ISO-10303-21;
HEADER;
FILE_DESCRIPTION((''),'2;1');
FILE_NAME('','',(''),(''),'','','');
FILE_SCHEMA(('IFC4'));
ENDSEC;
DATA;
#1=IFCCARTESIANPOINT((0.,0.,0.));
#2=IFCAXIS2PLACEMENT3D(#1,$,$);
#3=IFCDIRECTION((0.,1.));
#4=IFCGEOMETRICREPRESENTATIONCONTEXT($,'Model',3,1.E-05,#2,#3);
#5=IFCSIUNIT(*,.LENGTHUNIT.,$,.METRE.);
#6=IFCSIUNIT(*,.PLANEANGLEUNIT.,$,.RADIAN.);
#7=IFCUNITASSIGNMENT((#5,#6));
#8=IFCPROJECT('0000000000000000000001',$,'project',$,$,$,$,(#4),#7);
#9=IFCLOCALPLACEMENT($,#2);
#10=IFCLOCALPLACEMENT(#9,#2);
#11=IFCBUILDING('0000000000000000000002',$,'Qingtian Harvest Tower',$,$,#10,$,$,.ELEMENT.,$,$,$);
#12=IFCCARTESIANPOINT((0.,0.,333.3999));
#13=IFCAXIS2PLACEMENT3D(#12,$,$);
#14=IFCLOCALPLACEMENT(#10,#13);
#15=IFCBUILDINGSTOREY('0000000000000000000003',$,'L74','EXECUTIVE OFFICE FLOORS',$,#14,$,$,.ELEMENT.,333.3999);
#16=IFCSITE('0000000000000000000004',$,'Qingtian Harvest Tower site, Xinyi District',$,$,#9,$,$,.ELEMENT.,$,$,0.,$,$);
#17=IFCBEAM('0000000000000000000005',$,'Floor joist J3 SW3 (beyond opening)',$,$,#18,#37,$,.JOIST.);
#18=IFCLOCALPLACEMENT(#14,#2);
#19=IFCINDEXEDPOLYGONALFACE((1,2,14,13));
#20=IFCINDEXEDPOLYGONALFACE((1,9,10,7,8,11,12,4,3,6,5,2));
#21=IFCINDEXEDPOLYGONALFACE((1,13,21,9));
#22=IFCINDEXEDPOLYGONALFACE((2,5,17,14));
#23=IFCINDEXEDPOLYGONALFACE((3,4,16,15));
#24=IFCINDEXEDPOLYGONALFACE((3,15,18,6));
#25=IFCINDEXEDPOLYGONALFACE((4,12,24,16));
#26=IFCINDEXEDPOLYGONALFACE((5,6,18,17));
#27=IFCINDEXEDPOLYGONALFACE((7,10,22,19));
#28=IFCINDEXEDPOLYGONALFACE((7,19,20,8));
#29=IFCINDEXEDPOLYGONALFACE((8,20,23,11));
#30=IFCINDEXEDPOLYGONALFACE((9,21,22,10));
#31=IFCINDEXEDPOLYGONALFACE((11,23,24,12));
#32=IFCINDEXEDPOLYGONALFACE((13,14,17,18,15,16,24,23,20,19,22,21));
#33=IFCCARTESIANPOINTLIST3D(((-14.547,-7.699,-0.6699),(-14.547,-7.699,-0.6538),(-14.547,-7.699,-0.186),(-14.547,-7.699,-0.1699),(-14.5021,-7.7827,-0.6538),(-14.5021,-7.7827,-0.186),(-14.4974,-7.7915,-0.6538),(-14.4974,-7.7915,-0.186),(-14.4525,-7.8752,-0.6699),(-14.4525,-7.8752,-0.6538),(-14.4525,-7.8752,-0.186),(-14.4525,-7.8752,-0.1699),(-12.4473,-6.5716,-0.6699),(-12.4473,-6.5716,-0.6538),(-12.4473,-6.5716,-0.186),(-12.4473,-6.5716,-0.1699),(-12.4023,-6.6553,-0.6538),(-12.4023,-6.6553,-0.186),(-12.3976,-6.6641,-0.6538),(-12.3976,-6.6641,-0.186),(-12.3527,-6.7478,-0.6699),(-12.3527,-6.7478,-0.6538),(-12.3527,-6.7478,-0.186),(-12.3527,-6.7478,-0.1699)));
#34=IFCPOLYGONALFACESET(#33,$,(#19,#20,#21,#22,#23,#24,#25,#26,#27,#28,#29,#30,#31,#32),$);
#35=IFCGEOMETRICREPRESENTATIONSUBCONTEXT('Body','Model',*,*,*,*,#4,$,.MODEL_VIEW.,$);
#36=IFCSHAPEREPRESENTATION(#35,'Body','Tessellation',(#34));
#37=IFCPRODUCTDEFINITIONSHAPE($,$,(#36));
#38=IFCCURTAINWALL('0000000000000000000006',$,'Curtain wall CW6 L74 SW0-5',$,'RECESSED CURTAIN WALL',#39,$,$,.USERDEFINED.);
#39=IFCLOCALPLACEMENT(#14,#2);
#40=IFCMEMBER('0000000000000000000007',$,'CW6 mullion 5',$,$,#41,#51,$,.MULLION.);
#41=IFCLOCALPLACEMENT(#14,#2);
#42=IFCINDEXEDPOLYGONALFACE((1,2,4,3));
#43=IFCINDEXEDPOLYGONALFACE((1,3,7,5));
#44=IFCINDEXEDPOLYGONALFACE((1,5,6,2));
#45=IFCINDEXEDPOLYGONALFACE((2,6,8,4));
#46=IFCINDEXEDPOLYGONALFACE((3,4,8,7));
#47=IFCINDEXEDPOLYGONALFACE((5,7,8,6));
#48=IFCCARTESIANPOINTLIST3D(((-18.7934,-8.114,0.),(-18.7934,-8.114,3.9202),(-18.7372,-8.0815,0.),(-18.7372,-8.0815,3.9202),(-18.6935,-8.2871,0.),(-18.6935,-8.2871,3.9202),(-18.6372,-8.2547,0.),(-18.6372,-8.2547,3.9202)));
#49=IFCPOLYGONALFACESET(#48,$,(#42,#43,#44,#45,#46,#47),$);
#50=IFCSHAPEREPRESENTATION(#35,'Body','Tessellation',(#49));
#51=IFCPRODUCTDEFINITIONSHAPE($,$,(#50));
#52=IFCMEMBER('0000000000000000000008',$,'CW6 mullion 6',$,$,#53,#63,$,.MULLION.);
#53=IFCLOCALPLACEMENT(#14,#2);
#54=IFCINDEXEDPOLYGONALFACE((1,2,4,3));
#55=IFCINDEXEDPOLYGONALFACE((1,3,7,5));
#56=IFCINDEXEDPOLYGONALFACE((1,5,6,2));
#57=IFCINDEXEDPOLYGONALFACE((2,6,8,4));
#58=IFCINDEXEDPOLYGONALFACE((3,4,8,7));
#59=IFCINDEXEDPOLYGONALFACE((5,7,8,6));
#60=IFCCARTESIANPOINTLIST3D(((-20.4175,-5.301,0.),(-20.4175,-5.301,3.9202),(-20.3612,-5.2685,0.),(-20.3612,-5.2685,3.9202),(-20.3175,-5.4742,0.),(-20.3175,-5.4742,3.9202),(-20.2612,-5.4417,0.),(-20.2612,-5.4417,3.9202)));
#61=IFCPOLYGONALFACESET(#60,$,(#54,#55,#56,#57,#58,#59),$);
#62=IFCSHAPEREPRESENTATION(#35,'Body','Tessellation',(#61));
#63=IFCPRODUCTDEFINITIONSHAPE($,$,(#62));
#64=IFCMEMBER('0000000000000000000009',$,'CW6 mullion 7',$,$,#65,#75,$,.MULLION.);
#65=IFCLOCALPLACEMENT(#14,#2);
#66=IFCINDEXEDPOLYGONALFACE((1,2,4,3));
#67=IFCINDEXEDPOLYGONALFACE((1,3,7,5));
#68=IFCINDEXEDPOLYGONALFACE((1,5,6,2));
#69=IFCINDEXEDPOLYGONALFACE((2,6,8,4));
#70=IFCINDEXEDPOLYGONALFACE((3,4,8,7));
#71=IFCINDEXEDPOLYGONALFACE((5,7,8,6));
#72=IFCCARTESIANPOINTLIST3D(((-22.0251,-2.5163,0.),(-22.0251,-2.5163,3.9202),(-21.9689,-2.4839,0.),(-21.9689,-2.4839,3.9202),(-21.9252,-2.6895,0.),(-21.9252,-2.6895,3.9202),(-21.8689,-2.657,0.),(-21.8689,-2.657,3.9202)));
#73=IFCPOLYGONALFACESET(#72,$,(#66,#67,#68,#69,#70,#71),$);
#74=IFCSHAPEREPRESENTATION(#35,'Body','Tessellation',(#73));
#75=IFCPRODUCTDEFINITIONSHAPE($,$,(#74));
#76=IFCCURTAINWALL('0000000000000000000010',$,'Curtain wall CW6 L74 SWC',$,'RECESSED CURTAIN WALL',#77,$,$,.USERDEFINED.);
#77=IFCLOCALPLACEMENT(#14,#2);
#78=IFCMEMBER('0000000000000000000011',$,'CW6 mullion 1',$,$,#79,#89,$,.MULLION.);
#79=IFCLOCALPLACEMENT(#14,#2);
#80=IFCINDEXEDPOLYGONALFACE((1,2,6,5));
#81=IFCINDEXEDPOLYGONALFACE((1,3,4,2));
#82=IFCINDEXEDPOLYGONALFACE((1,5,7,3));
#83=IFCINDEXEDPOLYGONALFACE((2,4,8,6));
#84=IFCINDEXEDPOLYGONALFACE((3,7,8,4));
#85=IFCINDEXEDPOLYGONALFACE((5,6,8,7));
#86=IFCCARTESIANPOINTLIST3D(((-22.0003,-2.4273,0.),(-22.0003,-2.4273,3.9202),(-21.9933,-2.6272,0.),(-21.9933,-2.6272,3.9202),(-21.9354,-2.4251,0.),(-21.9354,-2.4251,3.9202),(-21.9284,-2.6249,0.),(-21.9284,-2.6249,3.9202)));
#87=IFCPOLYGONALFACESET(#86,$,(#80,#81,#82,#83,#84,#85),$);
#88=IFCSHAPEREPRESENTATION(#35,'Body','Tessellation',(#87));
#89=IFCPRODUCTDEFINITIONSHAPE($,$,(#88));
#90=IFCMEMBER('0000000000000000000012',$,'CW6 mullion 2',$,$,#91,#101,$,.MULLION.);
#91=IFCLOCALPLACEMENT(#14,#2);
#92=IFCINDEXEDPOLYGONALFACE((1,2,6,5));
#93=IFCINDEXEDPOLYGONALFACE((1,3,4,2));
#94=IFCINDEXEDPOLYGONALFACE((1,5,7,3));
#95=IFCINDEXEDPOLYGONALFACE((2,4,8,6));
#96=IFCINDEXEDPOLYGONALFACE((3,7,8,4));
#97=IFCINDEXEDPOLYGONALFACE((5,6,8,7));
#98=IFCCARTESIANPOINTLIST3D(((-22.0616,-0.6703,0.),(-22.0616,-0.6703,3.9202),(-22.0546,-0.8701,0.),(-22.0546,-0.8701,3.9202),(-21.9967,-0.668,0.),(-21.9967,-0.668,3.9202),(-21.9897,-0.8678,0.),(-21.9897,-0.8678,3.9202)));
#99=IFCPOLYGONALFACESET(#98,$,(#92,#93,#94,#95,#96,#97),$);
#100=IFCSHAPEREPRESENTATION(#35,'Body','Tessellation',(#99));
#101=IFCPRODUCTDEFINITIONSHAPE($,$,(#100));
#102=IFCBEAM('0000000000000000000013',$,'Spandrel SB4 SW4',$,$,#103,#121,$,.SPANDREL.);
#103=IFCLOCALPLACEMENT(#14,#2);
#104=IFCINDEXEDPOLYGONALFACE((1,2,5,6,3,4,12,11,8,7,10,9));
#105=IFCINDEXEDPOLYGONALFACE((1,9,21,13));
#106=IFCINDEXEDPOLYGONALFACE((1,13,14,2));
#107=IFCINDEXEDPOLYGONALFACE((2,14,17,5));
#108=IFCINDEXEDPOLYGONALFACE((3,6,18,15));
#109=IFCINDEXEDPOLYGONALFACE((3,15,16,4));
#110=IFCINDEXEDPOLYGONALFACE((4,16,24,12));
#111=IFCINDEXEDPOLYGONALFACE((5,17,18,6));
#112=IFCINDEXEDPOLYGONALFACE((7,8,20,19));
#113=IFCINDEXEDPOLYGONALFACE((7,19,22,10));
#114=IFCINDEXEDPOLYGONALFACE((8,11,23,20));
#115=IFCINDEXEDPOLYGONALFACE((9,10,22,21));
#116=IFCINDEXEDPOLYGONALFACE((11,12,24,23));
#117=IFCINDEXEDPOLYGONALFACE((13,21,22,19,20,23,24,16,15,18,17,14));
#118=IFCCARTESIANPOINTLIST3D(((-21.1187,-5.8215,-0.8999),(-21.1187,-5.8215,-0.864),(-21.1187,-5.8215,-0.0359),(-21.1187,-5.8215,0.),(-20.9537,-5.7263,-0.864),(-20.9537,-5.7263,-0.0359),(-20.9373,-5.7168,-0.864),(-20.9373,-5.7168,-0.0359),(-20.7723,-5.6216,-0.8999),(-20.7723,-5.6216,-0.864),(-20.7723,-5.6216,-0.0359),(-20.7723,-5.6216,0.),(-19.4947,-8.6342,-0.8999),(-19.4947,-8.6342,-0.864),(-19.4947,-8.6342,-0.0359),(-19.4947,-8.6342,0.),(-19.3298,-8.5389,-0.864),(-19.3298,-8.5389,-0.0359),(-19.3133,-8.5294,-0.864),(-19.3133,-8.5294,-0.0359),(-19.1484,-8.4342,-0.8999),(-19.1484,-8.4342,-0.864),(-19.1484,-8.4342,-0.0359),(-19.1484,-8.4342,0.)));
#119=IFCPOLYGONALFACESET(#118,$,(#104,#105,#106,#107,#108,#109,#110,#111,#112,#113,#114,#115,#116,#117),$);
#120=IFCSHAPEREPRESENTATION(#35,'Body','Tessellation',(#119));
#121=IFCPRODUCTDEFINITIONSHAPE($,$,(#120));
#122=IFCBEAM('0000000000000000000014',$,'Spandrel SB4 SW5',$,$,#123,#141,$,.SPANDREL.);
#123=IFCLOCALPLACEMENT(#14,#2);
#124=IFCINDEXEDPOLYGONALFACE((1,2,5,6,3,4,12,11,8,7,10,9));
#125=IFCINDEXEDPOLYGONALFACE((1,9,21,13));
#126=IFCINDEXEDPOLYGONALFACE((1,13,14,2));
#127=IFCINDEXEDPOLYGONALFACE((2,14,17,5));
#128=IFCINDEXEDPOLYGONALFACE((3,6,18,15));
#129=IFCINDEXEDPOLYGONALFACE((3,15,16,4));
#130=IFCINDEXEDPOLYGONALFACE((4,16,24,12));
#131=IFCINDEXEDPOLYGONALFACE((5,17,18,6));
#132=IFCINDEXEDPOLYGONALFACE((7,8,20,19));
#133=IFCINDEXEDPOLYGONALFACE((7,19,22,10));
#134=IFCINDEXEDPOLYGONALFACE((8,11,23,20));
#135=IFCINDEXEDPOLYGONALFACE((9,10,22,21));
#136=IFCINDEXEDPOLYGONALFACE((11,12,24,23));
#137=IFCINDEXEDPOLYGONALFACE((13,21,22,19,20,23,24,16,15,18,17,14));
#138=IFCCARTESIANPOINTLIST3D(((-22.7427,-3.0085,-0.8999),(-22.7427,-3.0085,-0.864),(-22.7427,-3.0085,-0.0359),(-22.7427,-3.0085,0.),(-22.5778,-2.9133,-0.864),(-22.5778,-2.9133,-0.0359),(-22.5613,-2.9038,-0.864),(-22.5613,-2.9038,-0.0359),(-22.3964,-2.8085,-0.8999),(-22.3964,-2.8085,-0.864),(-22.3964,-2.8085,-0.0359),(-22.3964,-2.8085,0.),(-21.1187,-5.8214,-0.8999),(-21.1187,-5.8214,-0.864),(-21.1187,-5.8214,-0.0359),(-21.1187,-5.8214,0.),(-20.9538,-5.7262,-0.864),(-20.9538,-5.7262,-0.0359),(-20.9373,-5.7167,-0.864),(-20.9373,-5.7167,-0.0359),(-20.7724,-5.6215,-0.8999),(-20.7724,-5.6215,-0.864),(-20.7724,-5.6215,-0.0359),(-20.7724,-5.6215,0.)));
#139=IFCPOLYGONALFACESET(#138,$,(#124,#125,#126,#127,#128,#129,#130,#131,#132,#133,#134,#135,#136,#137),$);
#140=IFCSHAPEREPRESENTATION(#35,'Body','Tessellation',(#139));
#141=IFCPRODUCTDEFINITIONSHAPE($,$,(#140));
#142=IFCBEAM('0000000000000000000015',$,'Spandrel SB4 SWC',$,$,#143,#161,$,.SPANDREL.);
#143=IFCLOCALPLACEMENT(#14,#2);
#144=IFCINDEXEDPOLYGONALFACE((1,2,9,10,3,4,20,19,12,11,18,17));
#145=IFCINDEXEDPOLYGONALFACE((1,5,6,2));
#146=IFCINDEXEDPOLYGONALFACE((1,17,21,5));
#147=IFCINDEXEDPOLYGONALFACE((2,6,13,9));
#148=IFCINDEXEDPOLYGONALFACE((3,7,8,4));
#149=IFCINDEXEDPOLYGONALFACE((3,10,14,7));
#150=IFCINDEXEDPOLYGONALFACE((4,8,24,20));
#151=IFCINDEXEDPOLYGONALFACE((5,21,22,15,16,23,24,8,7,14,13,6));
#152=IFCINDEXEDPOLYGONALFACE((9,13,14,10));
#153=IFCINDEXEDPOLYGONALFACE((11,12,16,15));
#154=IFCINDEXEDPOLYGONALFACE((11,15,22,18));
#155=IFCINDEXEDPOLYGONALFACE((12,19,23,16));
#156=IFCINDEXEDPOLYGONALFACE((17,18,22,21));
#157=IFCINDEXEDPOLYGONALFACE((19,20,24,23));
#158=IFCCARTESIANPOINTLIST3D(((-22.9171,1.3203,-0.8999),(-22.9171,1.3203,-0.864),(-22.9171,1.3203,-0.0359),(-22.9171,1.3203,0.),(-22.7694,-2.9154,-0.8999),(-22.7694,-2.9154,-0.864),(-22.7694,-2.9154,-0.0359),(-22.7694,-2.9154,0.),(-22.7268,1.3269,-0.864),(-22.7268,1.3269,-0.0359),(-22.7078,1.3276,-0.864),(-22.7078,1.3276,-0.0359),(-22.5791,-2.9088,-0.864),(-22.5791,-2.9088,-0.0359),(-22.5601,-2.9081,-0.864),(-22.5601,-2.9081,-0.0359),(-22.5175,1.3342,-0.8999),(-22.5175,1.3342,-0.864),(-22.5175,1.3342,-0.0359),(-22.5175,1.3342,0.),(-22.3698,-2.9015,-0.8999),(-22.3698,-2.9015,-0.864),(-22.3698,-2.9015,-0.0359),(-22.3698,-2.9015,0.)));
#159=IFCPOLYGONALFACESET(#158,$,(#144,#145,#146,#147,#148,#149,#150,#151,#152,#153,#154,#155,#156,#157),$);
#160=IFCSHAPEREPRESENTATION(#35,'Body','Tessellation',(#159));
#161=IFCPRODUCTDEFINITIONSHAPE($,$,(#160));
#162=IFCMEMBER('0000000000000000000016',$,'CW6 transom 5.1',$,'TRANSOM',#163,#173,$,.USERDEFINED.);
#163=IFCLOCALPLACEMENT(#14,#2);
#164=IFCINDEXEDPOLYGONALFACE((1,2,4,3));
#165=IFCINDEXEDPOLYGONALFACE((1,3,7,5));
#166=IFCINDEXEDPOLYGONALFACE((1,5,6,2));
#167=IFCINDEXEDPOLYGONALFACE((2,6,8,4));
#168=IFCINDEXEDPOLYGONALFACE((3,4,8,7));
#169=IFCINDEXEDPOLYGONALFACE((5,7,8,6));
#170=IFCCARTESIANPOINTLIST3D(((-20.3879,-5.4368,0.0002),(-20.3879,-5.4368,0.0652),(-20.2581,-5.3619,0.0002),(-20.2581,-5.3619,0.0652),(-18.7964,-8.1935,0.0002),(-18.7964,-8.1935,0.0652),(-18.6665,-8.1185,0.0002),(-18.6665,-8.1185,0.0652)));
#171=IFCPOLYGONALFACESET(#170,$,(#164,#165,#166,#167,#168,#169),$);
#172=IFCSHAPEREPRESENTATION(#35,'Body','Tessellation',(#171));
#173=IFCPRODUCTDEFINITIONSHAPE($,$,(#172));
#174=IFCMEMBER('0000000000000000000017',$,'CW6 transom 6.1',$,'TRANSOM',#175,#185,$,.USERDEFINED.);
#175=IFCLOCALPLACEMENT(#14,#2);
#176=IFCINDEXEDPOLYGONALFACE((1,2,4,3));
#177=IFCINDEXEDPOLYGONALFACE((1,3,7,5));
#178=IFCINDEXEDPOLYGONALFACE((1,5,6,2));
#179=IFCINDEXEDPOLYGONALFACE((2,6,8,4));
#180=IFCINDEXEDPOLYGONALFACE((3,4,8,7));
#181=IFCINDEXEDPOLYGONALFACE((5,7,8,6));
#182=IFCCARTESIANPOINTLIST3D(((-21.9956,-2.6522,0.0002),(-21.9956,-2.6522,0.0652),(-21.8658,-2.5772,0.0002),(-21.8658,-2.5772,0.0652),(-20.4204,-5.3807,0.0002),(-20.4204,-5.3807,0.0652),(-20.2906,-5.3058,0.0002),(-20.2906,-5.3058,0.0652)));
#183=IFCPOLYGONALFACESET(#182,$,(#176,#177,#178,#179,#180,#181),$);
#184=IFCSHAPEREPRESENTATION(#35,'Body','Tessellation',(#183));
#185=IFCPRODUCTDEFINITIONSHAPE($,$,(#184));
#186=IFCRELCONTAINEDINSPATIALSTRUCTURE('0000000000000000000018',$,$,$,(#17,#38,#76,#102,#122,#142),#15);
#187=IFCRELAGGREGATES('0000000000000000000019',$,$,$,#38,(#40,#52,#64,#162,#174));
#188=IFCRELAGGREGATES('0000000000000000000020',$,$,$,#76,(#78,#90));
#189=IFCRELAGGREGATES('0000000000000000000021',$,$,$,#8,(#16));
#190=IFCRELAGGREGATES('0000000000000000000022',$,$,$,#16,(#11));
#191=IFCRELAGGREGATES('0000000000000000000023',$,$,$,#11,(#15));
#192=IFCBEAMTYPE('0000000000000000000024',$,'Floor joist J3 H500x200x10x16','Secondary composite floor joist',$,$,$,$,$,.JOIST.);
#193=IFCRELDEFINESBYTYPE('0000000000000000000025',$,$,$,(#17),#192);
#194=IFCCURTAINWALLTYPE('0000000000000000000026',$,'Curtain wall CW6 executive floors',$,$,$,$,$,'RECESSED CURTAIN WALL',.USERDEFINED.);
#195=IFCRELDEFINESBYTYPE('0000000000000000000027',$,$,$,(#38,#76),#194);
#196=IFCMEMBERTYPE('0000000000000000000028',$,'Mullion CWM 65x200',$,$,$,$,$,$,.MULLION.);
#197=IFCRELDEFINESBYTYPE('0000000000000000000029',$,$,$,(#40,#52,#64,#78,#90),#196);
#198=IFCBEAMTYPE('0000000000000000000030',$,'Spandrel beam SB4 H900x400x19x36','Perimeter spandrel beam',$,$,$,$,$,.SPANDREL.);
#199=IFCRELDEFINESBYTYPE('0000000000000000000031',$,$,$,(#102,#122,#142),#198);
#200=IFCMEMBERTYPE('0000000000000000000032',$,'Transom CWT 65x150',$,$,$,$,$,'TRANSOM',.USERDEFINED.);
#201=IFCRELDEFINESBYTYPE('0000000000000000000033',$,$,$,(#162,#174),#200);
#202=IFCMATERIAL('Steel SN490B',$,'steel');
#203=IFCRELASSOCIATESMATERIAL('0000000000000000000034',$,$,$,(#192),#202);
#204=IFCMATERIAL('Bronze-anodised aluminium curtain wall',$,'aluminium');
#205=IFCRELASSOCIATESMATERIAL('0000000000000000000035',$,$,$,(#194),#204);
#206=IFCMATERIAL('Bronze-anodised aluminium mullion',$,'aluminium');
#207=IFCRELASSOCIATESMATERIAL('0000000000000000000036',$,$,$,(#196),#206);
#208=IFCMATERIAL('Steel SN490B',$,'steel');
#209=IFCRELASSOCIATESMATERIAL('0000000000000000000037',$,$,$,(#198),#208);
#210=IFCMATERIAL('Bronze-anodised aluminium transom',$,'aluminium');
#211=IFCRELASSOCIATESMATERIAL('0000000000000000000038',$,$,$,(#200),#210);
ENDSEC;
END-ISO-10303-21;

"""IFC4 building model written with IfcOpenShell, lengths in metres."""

from ifc_helpers import new_model, si_unit, direction, frame, origin, origin_2d, place, context, subcontext, project, spatial, rectangle, i_section, extrude, material, material_profile, profile_set, type_object, element, aggregate, save


model = new_model("IFC4")

# Units and contexts
model_context = context("Model", 3, precision=1e-05, world=origin(), true_north=direction((0.0, 1.0)))
body_context = subcontext(model_context, "Body", "Model", "MODEL_VIEW")
ifc_project = project(units=[si_unit("LENGTHUNIT", "METRE"), si_unit("PLANEANGLEUNIT", "RADIAN")], contexts=[model_context])

# Site, building, storey
site_placement = place(None, origin())
site = spatial("IfcSite", under=ifc_project, at=site_placement, Name="Qingtian Harvest Tower site, Xinyi District", CompositionType="ELEMENT", RefElevation=0.0)
building_placement = place(site_placement, origin())
building = spatial("IfcBuilding", under=site, at=building_placement, Name="Qingtian Harvest Tower", CompositionType="ELEMENT")
storey_placement = place(building_placement, frame((0.0, 0.0, 333.3999)))
storey = spatial("IfcBuildingStorey", under=building, at=storey_placement, Name="L74", Description="EXECUTIVE OFFICE FLOORS", CompositionType="ELEMENT", Elevation=333.3999)

# Beam
ifc_material_1 = material(Name="Steel SN490B", Category="steel")
ifc_material_profile_1 = material_profile(ifc_material_1, i_section(OverallWidth=0.2, OverallDepth=0.5, WebThickness=0.01, FlangeThickness=0.0161, at=origin_2d()), Name="H500x200x10x16")
ifc_profile_set_1 = profile_set([ifc_material_profile_1], Name="Steel SN490B")
beam_type_1 = type_object("IfcBeamType", Name="Floor joist J3 H500x200x10x16", Description="Secondary composite floor joist", PredefinedType="JOIST", material=ifc_profile_set_1)
beam_1_placement = place(storey_placement, frame((-14.4998, -7.7871, -0.4199), z_axis=(0.881039, 0.473043, 0.0), x_axis=(-0.473043, 0.881039, 0.0)))
element("IfcBeam", 1, at=beam_1_placement, inside=storey, type_object=beam_type_1, Name="Floor joist J3 SW3 (beyond opening)", PredefinedType="JOIST", context=body_context, shape_type="SweptSolid", body=[
    extrude(i_section(OverallWidth=0.2, OverallDepth=0.5, WebThickness=0.01, FlangeThickness=0.0161, at=origin_2d()), origin(), (0.0, 0.0, 1.0), 2.3833),
])

# Curtain walls, members
ifc_material_2 = material(Name="Bronze-anodised aluminium curtain wall", Category="aluminium")
curtain_wall_type = type_object("IfcCurtainWallType", Name="Curtain wall CW6 executive floors", ElementType="RECESSED CURTAIN WALL", PredefinedType="USERDEFINED", material=ifc_material_2)
curtain_wall_1_placement = place(storey_placement, origin())
curtain_wall_1 = element("IfcCurtainWall", 2, at=curtain_wall_1_placement, inside=storey, type_object=curtain_wall_type, Name="Curtain wall CW6 L74 SW0-5", ObjectType="RECESSED CURTAIN WALL", PredefinedType="USERDEFINED")
ifc_material_3 = material(Name="Bronze-anodised aluminium mullion", Category="aluminium")
ifc_material_profile_2 = material_profile(ifc_material_3, rectangle(XDim=0.0649, YDim=0.2, at=origin_2d()), Name="AL 65x200")
ifc_profile_set_2 = profile_set([ifc_material_profile_2], Name="Bronze-anodised aluminium mullion")
member_type_1 = type_object("IfcMemberType", Name="Mullion CWM 65x200", PredefinedType="MULLION", material=ifc_profile_set_2)
member_1_placement = place(storey_placement, frame((-18.7153, -8.1843, 0.0), z_axis=(0.0, 0.0, 1.0), x_axis=(-0.866025, -0.5, 0.0)))
member_1 = element("IfcMember", 3, at=member_1_placement, type_object=member_type_1, Name="CW6 mullion 5", PredefinedType="MULLION", context=body_context, shape_type="SweptSolid", body=[
    extrude(rectangle(XDim=0.0649, YDim=0.2, at=origin_2d()), origin(), (0.0, 0.0, 1.0), 3.9202),
])
member_2_placement = place(storey_placement, frame((-20.3394, -5.3713, 0.0), z_axis=(0.0, 0.0, 1.0), x_axis=(-0.866025, -0.5, 0.0)))
member_2 = element("IfcMember", 4, at=member_2_placement, type_object=member_type_1, Name="CW6 mullion 6", PredefinedType="MULLION", context=body_context, shape_type="SweptSolid", body=[
    extrude(rectangle(XDim=0.0649, YDim=0.2, at=origin_2d()), origin(), (0.0, 0.0, 1.0), 3.9202),
])
member_3_placement = place(storey_placement, frame((-21.947, -2.5867, 0.0), z_axis=(0.0, 0.0, 1.0), x_axis=(-0.866025, -0.5, 0.0)))
member_3 = element("IfcMember", 5, at=member_3_placement, type_object=member_type_1, Name="CW6 mullion 7", PredefinedType="MULLION", context=body_context, shape_type="SweptSolid", body=[
    extrude(rectangle(XDim=0.0649, YDim=0.2, at=origin_2d()), origin(), (0.0, 0.0, 1.0), 3.9202),
])
curtain_wall_2_placement = place(storey_placement, origin())
curtain_wall_2 = element("IfcCurtainWall", 6, at=curtain_wall_2_placement, inside=storey, type_object=curtain_wall_type, Name="Curtain wall CW6 L74 SWC", ObjectType="RECESSED CURTAIN WALL", PredefinedType="USERDEFINED")
member_4_placement = place(storey_placement, frame((-21.9644, -2.5261, 0.0), z_axis=(0.0, 0.0, 1.0), x_axis=(-0.999391, -0.034899, 0.0)))
member_4 = element("IfcMember", 7, at=member_4_placement, type_object=member_type_1, Name="CW6 mullion 1", PredefinedType="MULLION", context=body_context, shape_type="SweptSolid", body=[
    extrude(rectangle(XDim=0.0649, YDim=0.2, at=origin_2d()), origin(), (0.0, 0.0, 1.0), 3.9202),
])
member_5_placement = place(storey_placement, frame((-22.0256, -0.769, 0.0), z_axis=(0.0, 0.0, 1.0), x_axis=(-0.999391, -0.034899, 0.0)))
member_5 = element("IfcMember", 8, at=member_5_placement, type_object=member_type_1, Name="CW6 mullion 2", PredefinedType="MULLION", context=body_context, shape_type="SweptSolid", body=[
    extrude(rectangle(XDim=0.0649, YDim=0.2, at=origin_2d()), origin(), (0.0, 0.0, 1.0), 3.9202),
])

# Beams
ifc_material_4 = material(Name="Steel SN490B", Category="steel")
ifc_material_profile_3 = material_profile(ifc_material_4, i_section(OverallWidth=0.3999, OverallDepth=0.8999, WebThickness=0.019, FlangeThickness=0.0359, at=origin_2d()), Name="H900x400x19x36")
ifc_profile_set_3 = profile_set([ifc_material_profile_3], Name="Steel SN490B")
beam_type_2 = type_object("IfcBeamType", Name="Spandrel beam SB4 H900x400x19x36", Description="Perimeter spandrel beam", PredefinedType="SPANDREL", material=ifc_profile_set_3)
beam_2_placement = place(storey_placement, frame((-19.3215, -8.5342, -0.45), z_axis=(-0.50002, 0.866014, 0.0), x_axis=(-0.866014, -0.50002, 0.0)))
element("IfcBeam", 9, at=beam_2_placement, inside=storey, type_object=beam_type_2, Name="Spandrel SB4 SW4", PredefinedType="SPANDREL", context=body_context, shape_type="SweptSolid", body=[
    extrude(i_section(OverallWidth=0.3999, OverallDepth=0.8999, WebThickness=0.019, FlangeThickness=0.0359, at=origin_2d()), origin(), (0.0, 0.0, 1.0), 3.2478),
])
beam_3_placement = place(storey_placement, frame((-20.9456, -5.7214, -0.45), z_axis=(-0.499987, 0.866033, 0.0), x_axis=(-0.866033, -0.499987, 0.0)))
element("IfcBeam", 10, at=beam_3_placement, inside=storey, type_object=beam_type_2, Name="Spandrel SB4 SW5", PredefinedType="SPANDREL", context=body_context, shape_type="SweptSolid", body=[
    extrude(i_section(OverallWidth=0.3999, OverallDepth=0.8999, WebThickness=0.019, FlangeThickness=0.0359, at=origin_2d()), origin(), (0.0, 0.0, 1.0), 3.248),
])
beam_4_placement = place(storey_placement, frame((-22.5696, -2.9084, -0.45), z_axis=(-0.034851, 0.999393, 0.0), x_axis=(-0.999393, -0.034851, 0.0)))
element("IfcBeam", 11, at=beam_4_placement, inside=storey, type_object=beam_type_2, Name="Spandrel SB4 SWC", PredefinedType="SPANDREL", context=body_context, shape_type="SweptSolid", body=[
    extrude(i_section(OverallWidth=0.3999, OverallDepth=0.8999, WebThickness=0.019, FlangeThickness=0.0359, at=origin_2d()), origin(), (0.0, 0.0, 1.0), 4.2383),
])

# Members
ifc_material_5 = material(Name="Bronze-anodised aluminium transom", Category="aluminium")
ifc_material_profile_4 = material_profile(ifc_material_5, rectangle(XDim=0.1499, YDim=0.0649, at=origin_2d()), Name="AL 65x150")
ifc_profile_set_4 = profile_set([ifc_material_profile_4], Name="Bronze-anodised aluminium transom")
member_type_2 = type_object("IfcMemberType", Name="Transom CWT 65x150", ElementType="TRANSOM", PredefinedType="USERDEFINED", material=ifc_profile_set_4)
member_6_placement = place(storey_placement, frame((-18.7314, -8.156, 0.0327), z_axis=(-0.500008, 0.866021, 0.0), x_axis=(-0.866021, -0.500008, 0.0)))
member_6 = element("IfcMember", 12, at=member_6_placement, type_object=member_type_2, Name="CW6 transom 5.1", ObjectType="TRANSOM", PredefinedType="USERDEFINED", context=body_context, shape_type="SweptSolid", body=[
    extrude(rectangle(XDim=0.1499, YDim=0.0649, at=origin_2d()), origin(), (0.0, 0.0, 1.0), 3.1831),
])
member_7_placement = place(storey_placement, frame((-20.3555, -5.3433, 0.0327), z_axis=(-0.499973, 0.866041, 0.0), x_axis=(-0.866041, -0.499973, 0.0)))
member_7 = element("IfcMember", 13, at=member_7_placement, type_object=member_type_2, Name="CW6 transom 6.1", ObjectType="TRANSOM", PredefinedType="USERDEFINED", context=body_context, shape_type="SweptSolid", body=[
    extrude(rectangle(XDim=0.1499, YDim=0.0649, at=origin_2d()), origin(), (0.0, 0.0, 1.0), 3.1506),
])

aggregate(curtain_wall_1, [member_1, member_2, member_3, member_6, member_7])
aggregate(curtain_wall_2, [member_4, member_5])

save(model, "model.ifc")
